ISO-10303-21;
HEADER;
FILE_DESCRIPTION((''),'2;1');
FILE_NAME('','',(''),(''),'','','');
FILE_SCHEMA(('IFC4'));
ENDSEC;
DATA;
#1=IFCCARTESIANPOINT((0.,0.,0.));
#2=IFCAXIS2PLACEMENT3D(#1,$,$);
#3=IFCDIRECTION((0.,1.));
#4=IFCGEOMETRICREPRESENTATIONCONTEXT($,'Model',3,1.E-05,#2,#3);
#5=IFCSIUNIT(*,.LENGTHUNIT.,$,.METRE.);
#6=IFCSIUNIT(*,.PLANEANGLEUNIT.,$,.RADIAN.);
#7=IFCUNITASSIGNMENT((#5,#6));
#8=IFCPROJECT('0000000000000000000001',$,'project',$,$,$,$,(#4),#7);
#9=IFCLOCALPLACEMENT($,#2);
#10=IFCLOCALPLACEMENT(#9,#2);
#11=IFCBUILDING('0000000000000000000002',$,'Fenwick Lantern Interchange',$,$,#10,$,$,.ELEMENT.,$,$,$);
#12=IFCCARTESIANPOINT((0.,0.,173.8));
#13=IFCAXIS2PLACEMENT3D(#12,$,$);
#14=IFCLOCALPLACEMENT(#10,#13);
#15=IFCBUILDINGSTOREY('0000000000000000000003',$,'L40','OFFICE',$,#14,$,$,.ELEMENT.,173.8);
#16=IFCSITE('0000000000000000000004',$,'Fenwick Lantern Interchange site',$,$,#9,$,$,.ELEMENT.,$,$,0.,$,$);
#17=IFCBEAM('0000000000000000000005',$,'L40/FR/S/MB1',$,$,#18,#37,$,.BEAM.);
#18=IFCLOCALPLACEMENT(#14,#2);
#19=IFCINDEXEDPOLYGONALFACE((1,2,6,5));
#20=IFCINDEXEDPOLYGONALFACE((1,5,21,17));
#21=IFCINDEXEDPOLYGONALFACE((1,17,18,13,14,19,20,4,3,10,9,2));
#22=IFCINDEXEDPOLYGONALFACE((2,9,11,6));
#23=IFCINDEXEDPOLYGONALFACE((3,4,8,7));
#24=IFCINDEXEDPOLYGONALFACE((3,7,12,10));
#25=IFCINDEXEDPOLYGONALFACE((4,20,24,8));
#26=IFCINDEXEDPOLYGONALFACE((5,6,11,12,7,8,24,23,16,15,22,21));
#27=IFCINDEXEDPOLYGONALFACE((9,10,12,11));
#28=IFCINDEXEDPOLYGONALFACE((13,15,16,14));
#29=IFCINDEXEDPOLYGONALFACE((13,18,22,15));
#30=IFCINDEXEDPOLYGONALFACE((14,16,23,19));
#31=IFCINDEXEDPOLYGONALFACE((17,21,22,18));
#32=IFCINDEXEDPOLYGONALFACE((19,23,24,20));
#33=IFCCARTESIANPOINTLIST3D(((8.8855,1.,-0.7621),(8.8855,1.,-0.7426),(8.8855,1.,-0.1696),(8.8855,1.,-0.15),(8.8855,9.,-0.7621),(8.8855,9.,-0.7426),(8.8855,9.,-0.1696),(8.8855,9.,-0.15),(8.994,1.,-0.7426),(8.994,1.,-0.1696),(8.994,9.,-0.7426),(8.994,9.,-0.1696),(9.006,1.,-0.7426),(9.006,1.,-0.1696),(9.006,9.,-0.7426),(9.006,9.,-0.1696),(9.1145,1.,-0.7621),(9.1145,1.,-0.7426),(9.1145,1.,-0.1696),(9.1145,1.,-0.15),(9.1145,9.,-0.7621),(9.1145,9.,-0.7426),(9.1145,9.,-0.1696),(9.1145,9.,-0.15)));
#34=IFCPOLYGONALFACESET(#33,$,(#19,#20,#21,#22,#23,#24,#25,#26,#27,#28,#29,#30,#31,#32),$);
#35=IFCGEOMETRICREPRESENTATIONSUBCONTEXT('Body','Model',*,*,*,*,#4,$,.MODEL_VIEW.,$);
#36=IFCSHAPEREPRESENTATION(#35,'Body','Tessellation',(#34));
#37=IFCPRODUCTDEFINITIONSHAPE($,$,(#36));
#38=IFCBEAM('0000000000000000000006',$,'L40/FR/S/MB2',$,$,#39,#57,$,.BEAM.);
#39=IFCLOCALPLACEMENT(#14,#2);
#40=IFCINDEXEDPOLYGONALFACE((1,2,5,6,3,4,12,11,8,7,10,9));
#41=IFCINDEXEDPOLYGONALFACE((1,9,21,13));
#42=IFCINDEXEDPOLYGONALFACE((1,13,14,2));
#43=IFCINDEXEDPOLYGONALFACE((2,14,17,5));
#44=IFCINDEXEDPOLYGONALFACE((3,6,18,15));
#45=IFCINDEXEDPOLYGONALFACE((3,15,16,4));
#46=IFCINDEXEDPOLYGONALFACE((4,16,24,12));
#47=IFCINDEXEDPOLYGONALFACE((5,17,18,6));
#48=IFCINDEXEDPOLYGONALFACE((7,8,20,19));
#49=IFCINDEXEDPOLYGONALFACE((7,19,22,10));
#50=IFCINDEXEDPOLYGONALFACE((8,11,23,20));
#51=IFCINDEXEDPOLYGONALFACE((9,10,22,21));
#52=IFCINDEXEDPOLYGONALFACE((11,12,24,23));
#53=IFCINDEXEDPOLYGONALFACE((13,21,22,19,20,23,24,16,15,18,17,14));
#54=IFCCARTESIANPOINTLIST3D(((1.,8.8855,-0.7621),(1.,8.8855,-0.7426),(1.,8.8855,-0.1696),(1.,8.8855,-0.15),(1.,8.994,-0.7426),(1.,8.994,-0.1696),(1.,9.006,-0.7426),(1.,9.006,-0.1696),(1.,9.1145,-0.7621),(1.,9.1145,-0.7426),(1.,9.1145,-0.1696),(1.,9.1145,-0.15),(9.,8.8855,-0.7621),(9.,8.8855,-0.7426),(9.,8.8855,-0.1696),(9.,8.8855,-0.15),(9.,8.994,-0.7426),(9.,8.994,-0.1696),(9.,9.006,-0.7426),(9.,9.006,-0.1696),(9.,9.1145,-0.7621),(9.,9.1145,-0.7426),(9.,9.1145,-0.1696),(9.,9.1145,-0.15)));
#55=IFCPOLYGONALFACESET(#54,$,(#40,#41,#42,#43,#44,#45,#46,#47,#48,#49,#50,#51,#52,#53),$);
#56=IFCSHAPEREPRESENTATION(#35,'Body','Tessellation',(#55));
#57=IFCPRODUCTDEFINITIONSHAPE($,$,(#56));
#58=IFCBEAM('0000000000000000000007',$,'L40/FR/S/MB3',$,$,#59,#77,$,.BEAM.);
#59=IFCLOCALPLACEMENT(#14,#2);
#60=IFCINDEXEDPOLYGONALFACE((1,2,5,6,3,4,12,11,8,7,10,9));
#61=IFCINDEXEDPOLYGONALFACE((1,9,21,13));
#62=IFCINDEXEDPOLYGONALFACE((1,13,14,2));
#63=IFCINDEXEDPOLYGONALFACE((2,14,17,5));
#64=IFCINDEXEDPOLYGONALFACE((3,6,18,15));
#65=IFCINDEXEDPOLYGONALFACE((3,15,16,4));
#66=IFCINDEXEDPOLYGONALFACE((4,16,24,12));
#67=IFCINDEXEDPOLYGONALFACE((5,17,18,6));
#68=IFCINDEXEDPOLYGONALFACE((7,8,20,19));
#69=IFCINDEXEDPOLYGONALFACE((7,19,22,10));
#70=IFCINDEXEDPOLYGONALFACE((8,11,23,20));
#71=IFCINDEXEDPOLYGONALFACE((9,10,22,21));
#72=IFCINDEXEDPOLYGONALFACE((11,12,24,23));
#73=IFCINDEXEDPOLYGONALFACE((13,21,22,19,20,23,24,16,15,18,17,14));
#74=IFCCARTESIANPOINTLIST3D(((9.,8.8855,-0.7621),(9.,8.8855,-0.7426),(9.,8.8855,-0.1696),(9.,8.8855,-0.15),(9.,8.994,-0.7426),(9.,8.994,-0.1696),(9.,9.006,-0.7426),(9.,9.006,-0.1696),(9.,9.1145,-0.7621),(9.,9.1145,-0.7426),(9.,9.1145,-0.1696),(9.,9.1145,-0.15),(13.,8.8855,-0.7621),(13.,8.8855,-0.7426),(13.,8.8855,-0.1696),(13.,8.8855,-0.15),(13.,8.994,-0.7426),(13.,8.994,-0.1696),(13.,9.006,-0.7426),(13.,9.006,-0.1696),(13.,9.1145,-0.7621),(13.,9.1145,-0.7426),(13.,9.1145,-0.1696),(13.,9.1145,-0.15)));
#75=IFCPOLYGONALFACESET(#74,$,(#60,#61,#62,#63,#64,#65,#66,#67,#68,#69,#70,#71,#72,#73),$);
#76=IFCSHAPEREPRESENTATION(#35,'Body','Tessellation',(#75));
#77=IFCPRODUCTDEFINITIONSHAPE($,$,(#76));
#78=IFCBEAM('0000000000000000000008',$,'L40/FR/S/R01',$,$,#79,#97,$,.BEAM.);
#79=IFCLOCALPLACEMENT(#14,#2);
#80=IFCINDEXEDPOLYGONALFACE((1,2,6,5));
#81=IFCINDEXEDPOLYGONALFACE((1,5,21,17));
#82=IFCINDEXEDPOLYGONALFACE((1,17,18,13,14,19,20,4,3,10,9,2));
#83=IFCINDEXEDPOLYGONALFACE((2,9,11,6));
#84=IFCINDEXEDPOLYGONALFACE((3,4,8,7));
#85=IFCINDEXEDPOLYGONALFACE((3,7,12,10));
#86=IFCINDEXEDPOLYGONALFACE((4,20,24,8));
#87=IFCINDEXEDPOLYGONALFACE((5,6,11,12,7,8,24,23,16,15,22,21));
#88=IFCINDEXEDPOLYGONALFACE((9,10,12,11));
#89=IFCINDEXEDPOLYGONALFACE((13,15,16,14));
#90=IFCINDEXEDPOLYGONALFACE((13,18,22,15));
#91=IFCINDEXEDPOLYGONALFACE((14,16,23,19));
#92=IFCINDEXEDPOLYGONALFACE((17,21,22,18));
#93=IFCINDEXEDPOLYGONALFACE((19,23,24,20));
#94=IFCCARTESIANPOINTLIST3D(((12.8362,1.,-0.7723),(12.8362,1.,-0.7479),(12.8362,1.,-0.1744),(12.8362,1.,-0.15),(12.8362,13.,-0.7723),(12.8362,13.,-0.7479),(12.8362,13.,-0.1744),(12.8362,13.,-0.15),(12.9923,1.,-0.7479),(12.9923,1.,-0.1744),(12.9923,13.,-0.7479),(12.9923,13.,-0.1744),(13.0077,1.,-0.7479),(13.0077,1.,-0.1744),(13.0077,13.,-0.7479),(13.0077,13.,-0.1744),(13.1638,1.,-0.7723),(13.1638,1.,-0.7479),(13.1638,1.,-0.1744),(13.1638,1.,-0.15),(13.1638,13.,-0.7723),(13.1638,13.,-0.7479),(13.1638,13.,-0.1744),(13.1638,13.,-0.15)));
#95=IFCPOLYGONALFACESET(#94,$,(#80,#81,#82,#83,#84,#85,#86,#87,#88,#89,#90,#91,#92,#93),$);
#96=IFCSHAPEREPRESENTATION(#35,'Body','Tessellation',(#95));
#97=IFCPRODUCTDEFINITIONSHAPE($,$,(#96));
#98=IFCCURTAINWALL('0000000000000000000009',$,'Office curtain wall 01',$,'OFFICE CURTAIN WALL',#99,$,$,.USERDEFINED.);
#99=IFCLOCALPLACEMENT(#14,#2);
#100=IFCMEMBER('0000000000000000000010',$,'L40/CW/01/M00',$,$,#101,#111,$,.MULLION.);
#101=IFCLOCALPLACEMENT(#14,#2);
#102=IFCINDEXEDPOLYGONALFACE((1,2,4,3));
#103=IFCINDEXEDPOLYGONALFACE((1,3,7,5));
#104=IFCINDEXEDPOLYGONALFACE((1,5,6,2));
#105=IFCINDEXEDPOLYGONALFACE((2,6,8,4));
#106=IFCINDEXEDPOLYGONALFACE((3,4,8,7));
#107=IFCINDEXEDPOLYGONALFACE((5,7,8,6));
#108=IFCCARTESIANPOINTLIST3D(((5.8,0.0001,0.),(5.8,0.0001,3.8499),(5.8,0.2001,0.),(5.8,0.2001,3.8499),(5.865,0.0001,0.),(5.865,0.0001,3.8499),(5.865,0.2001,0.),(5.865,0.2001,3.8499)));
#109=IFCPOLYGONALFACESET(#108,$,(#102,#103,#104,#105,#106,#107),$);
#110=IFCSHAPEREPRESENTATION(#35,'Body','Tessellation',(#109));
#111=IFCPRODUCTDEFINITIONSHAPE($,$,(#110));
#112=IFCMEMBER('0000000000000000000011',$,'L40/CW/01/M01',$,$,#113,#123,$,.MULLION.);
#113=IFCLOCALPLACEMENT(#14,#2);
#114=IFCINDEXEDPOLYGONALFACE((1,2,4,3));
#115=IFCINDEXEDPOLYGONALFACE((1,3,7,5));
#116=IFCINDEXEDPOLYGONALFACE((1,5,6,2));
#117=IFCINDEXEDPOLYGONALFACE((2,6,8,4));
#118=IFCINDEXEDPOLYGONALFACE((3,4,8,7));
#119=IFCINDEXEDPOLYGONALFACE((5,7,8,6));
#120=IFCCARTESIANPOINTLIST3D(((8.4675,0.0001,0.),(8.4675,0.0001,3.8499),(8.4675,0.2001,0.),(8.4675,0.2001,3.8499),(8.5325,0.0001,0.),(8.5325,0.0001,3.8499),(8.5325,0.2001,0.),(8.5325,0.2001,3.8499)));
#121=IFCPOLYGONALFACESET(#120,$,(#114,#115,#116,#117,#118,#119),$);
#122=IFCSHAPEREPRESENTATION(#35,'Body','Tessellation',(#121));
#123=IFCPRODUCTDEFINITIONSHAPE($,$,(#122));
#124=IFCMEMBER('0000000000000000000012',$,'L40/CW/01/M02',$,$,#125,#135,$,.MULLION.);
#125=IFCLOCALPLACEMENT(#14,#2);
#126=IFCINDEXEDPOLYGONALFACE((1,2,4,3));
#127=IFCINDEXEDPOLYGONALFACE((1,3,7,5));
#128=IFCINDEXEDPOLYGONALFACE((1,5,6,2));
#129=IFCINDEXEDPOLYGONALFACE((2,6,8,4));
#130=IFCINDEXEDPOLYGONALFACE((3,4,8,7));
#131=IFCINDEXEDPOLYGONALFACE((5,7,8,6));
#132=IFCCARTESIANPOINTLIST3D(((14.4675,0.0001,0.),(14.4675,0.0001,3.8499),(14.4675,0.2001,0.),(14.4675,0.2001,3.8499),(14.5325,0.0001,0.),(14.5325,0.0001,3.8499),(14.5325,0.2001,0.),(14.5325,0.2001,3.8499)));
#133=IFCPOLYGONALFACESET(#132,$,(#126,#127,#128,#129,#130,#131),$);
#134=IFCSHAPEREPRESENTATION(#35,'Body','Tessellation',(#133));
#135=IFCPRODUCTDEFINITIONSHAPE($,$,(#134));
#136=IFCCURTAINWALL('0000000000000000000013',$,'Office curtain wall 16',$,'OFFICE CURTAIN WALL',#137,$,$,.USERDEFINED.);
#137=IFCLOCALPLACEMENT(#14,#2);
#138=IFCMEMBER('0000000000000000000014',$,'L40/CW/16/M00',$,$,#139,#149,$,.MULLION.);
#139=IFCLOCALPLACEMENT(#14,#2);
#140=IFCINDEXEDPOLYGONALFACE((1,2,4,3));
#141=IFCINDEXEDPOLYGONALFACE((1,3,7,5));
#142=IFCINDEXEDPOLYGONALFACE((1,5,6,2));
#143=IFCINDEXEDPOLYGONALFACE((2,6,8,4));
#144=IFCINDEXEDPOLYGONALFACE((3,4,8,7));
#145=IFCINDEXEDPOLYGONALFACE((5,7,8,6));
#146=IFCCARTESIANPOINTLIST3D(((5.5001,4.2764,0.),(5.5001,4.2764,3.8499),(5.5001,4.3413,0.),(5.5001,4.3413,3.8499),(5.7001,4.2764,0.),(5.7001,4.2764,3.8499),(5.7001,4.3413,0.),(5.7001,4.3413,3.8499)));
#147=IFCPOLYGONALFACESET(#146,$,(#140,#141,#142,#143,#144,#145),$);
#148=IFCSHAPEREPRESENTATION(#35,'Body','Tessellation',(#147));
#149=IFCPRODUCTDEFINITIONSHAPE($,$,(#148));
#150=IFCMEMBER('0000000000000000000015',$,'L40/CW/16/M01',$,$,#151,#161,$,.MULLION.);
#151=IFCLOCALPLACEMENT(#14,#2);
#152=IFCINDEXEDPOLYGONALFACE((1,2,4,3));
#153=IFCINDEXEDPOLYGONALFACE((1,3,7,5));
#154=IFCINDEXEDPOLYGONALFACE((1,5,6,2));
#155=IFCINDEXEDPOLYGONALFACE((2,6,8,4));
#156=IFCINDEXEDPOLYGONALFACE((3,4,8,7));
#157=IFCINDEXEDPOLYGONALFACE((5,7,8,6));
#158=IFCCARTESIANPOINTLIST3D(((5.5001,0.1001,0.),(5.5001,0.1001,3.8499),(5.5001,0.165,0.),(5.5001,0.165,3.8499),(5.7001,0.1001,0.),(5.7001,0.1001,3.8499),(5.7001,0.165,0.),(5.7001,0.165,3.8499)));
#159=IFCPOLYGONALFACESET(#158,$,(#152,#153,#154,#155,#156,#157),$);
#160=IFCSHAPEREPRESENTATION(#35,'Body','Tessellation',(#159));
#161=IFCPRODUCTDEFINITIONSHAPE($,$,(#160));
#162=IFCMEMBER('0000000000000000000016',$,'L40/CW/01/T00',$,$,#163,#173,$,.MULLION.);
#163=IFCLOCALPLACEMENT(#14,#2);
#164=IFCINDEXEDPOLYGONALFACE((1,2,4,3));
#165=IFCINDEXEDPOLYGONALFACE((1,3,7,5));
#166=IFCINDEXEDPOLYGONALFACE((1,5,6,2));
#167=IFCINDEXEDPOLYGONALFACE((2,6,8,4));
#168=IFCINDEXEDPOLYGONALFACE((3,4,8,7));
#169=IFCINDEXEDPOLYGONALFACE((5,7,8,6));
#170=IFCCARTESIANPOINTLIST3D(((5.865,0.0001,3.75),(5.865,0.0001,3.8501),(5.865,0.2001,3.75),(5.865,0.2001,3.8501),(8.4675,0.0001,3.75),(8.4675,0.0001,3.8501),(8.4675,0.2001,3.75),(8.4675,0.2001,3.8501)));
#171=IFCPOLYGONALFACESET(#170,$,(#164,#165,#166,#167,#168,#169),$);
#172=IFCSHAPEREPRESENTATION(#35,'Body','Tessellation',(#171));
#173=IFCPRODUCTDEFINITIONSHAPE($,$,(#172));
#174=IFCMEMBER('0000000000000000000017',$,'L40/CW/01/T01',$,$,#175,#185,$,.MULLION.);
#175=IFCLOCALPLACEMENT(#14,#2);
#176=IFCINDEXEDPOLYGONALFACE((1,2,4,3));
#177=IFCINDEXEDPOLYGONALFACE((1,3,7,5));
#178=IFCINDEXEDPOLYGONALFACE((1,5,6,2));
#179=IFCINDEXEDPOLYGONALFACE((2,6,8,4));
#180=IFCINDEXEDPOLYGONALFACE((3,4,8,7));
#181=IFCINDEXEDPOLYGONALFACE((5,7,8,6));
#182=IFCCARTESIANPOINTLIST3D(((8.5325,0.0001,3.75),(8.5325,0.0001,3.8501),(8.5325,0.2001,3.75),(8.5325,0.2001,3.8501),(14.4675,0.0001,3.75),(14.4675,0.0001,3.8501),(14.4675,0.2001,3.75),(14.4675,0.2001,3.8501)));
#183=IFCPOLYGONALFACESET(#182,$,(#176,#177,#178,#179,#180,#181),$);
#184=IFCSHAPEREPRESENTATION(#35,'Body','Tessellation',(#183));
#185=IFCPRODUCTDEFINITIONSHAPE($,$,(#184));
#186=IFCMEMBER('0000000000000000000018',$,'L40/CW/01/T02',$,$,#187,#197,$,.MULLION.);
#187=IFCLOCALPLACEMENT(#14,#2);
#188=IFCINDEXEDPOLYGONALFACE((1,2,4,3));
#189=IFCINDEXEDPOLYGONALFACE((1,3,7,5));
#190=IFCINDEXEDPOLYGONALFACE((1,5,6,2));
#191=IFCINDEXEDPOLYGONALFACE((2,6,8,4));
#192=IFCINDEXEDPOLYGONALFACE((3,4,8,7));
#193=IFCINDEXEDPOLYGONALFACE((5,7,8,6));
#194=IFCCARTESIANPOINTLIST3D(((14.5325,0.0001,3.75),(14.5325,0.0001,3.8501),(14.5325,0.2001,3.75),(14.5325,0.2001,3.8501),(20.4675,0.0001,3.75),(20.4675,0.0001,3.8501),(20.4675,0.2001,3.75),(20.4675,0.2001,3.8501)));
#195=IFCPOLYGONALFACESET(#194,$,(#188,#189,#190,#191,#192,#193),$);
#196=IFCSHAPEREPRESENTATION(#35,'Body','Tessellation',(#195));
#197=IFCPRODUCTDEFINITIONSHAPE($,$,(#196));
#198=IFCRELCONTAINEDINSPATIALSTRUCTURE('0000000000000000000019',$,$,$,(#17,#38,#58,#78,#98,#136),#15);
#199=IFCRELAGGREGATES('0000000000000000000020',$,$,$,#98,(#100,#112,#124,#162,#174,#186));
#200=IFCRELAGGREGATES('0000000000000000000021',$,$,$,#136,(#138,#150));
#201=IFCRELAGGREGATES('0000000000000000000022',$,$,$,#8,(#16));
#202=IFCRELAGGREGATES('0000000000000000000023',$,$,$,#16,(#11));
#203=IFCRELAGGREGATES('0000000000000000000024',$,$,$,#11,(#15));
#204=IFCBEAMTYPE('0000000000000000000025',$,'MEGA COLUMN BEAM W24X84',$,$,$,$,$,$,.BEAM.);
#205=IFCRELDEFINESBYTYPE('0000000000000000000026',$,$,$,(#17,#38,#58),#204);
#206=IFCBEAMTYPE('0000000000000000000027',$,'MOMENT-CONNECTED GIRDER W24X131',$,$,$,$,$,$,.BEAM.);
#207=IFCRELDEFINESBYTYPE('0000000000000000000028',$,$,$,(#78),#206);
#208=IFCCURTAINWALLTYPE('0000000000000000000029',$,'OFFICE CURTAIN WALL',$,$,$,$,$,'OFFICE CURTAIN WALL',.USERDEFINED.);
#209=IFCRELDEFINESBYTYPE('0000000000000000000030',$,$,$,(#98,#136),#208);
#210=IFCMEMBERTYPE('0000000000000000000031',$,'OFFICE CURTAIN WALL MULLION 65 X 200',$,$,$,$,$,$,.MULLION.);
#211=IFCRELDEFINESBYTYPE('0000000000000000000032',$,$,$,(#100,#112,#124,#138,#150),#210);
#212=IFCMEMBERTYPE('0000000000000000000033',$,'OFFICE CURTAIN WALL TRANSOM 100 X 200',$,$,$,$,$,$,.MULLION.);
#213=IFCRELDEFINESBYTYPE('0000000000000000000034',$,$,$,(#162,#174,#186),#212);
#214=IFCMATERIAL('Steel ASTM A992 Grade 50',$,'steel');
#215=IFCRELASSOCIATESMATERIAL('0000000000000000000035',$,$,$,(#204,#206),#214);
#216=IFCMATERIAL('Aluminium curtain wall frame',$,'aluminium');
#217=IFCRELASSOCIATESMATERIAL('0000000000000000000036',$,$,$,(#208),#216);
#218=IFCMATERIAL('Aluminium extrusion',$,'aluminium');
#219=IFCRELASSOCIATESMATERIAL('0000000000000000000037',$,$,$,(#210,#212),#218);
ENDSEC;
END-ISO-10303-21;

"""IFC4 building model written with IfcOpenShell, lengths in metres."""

from ifc_helpers import new_model, si_unit, direction, frame, origin, origin_2d, place, context, subcontext, project, spatial, rectangle, i_section, extrude, material, material_profile, profile_set, type_object, element, aggregate, save


model = new_model("IFC4")

# Units and contexts
model_context = context("Model", 3, precision=1e-05, world=origin(), true_north=direction((0.0, 1.0)))
body_context = subcontext(model_context, "Body", "Model", "MODEL_VIEW")
ifc_project = project(units=[si_unit("LENGTHUNIT", "METRE"), si_unit("PLANEANGLEUNIT", "RADIAN")], contexts=[model_context])

# Site, building, storey
site_placement = place(None, origin())
site = spatial("IfcSite", under=ifc_project, at=site_placement, Name="Fenwick Lantern Interchange site", CompositionType="ELEMENT", RefElevation=0.0)
building_placement = place(site_placement, origin())
building = spatial("IfcBuilding", under=site, at=building_placement, Name="Fenwick Lantern Interchange", CompositionType="ELEMENT")
storey_placement = place(building_placement, frame((0.0, 0.0, 173.8)))
storey = spatial("IfcBuildingStorey", under=building, at=storey_placement, Name="L40", Description="OFFICE", CompositionType="ELEMENT", Elevation=173.8)

# Shared definitions
ifc_material_1 = material(Name="Steel ASTM A992 Grade 50", Category="steel")

# Beams
ifc_material_profile_1 = material_profile(ifc_material_1, i_section(OverallWidth=0.229, OverallDepth=0.6121, WebThickness=0.012, FlangeThickness=0.0195, at=origin_2d()), Name="W24X84")
ifc_profile_set_1 = profile_set([ifc_material_profile_1], Name="Steel ASTM A992 Grade 50")
beam_type_1 = type_object("IfcBeamType", Name="MEGA COLUMN BEAM W24X84", PredefinedType="BEAM", material=ifc_profile_set_1)
for number, where, z_axis, x_axis, name in (
    (1, (9.0, 9.0, -0.4561), (0.0, -1.0, 0.0), (1.0, 0.0, 0.0), "L40/FR/S/MB1"),
    (2, (9.0, 9.0, -0.4561), (-1.0, 0.0, 0.0), (0.0, -1.0, 0.0), "L40/FR/S/MB2"),
):
    element("IfcBeam", number, at=place(storey_placement, frame(where, z_axis=z_axis, x_axis=x_axis)), inside=storey, type_object=beam_type_1, Name=name, PredefinedType="BEAM", context=body_context, shape_type="SweptSolid", body=[
        extrude(i_section(OverallWidth=0.229, OverallDepth=0.6121, WebThickness=0.012, FlangeThickness=0.0195, at=origin_2d()), origin(), (0.0, 0.0, 1.0), 8.0),
    ])
beam_1_placement = place(storey_placement, frame((9.0, 9.0, -0.4561), z_axis=(1.0, 0.0, 0.0), x_axis=(0.0, 1.0, 0.0)))
element("IfcBeam", 3, at=beam_1_placement, inside=storey, type_object=beam_type_1, Name="L40/FR/S/MB3", PredefinedType="BEAM", context=body_context, shape_type="SweptSolid", body=[
    extrude(i_section(OverallWidth=0.229, OverallDepth=0.6121, WebThickness=0.012, FlangeThickness=0.0195, at=origin_2d()), origin(), (0.0, 0.0, 1.0), 4.0),
])
ifc_material_profile_2 = material_profile(ifc_material_1, i_section(OverallWidth=0.3276, OverallDepth=0.6223, WebThickness=0.0154, FlangeThickness=0.0244, at=origin_2d()), Name="W24X131")
ifc_profile_set_2 = profile_set([ifc_material_profile_2], Name="Steel ASTM A992 Grade 50")
beam_type_2 = type_object("IfcBeamType", Name="MOMENT-CONNECTED GIRDER W24X131", PredefinedType="BEAM", material=ifc_profile_set_2)
beam_2_placement = place(storey_placement, frame((13.0, 1.0, -0.4612), z_axis=(0.0, 1.0, 0.0), x_axis=(-1.0, 0.0, 0.0)))
element("IfcBeam", 4, at=beam_2_placement, inside=storey, type_object=beam_type_2, Name="L40/FR/S/R01", PredefinedType="BEAM", context=body_context, shape_type="SweptSolid", body=[
    extrude(i_section(OverallWidth=0.3276, OverallDepth=0.6223, WebThickness=0.0154, FlangeThickness=0.0244, at=origin_2d()), origin(), (0.0, 0.0, 1.0), 12.0),
])

# Curtain walls, members
ifc_material_2 = material(Name="Aluminium curtain wall frame", Category="aluminium")
curtain_wall_type = type_object("IfcCurtainWallType", Name="OFFICE CURTAIN WALL", ElementType="OFFICE CURTAIN WALL", PredefinedType="USERDEFINED", material=ifc_material_2)
curtain_wall_1_placement = place(storey_placement, origin())
curtain_wall_1 = element("IfcCurtainWall", 5, at=curtain_wall_1_placement, inside=storey, type_object=curtain_wall_type, Name="Office curtain wall 01", ObjectType="OFFICE CURTAIN WALL", PredefinedType="USERDEFINED")
ifc_material_3 = material(Name="Aluminium extrusion", Category="aluminium")
ifc_material_profile_3 = material_profile(ifc_material_3, rectangle(XDim=0.2, YDim=0.0649, at=origin_2d()), Name="OFFICE CURTAIN WALL MULLION 65 X 200")
ifc_profile_set_3 = profile_set([ifc_material_profile_3], Name="Aluminium extrusion")
member_type_1 = type_object("IfcMemberType", Name="OFFICE CURTAIN WALL MULLION 65 X 200", PredefinedType="MULLION", material=ifc_profile_set_3)
member_1_placement = place(storey_placement, frame((5.8325, 0.1001, 0.0), z_axis=(0.0, 0.0, 1.0), x_axis=(0.0, 1.0, 0.0)))
member_1 = element("IfcMember", 6, at=member_1_placement, type_object=member_type_1, Name="L40/CW/01/M00", PredefinedType="MULLION", context=body_context, shape_type="SweptSolid", body=[
    extrude(rectangle(XDim=0.2, YDim=0.0649, at=origin_2d()), origin(), (0.0, 0.0, 1.0), 3.8499),
])
member_2_placement = place(storey_placement, frame((8.5, 0.1001, 0.0), z_axis=(0.0, 0.0, 1.0), x_axis=(0.0, 1.0, 0.0)))
member_2 = element("IfcMember", 7, at=member_2_placement, type_object=member_type_1, Name="L40/CW/01/M01", PredefinedType="MULLION", context=body_context, shape_type="SweptSolid", body=[
    extrude(rectangle(XDim=0.2, YDim=0.0649, at=origin_2d()), origin(), (0.0, 0.0, 1.0), 3.8499),
])
member_3_placement = place(storey_placement, frame((14.5, 0.1001, 0.0), z_axis=(0.0, 0.0, 1.0), x_axis=(0.0, 1.0, 0.0)))
member_3 = element("IfcMember", 8, at=member_3_placement, type_object=member_type_1, Name="L40/CW/01/M02", PredefinedType="MULLION", context=body_context, shape_type="SweptSolid", body=[
    extrude(rectangle(XDim=0.2, YDim=0.0649, at=origin_2d()), origin(), (0.0, 0.0, 1.0), 3.8499),
])
curtain_wall_2_placement = place(storey_placement, origin())
curtain_wall_2 = element("IfcCurtainWall", 9, at=curtain_wall_2_placement, inside=storey, type_object=curtain_wall_type, Name="Office curtain wall 16", ObjectType="OFFICE CURTAIN WALL", PredefinedType="USERDEFINED")
member_4_placement = place(storey_placement, frame((5.6001, 4.3088, 0.0), z_axis=(0.0, 0.0, 1.0), x_axis=(1.0, 0.0, 0.0)))
member_4 = element("IfcMember", 10, at=member_4_placement, type_object=member_type_1, Name="L40/CW/16/M00", PredefinedType="MULLION", context=body_context, shape_type="SweptSolid", body=[
    extrude(rectangle(XDim=0.2, YDim=0.0649, at=origin_2d()), origin(), (0.0, 0.0, 1.0), 3.8499),
])
member_5_placement = place(storey_placement, frame((5.6001, 0.1326, 0.0), z_axis=(0.0, 0.0, 1.0), x_axis=(1.0, 0.0, 0.0)))
member_5 = element("IfcMember", 11, at=member_5_placement, type_object=member_type_1, Name="L40/CW/16/M01", PredefinedType="MULLION", context=body_context, shape_type="SweptSolid", body=[
    extrude(rectangle(XDim=0.2, YDim=0.0649, at=origin_2d()), origin(), (0.0, 0.0, 1.0), 3.8499),
])

# Members
ifc_material_profile_4 = material_profile(ifc_material_3, rectangle(XDim=0.2, YDim=0.1001, at=origin_2d()), Name="OFFICE CURTAIN WALL TRANSOM 100 X 200")
ifc_profile_set_4 = profile_set([ifc_material_profile_4], Name="Aluminium extrusion")
member_type_2 = type_object("IfcMemberType", Name="OFFICE CURTAIN WALL TRANSOM 100 X 200", PredefinedType="MULLION", material=ifc_profile_set_4)
member_6_placement = place(storey_placement, frame((5.865, 0.1001, 3.8), z_axis=(1.0, 0.0, 0.0), x_axis=(0.0, 1.0, 0.0)))
member_6 = element("IfcMember", 12, at=member_6_placement, type_object=member_type_2, Name="L40/CW/01/T00", PredefinedType="MULLION", context=body_context, shape_type="SweptSolid", body=[
    extrude(rectangle(XDim=0.2, YDim=0.1001, at=origin_2d()), origin(), (0.0, 0.0, 1.0), 2.6025),
])
member_7_placement = place(storey_placement, frame((8.5325, 0.1001, 3.8), z_axis=(1.0, 0.0, 0.0), x_axis=(0.0, 1.0, 0.0)))
member_7 = element("IfcMember", 13, at=member_7_placement, type_object=member_type_2, Name="L40/CW/01/T01", PredefinedType="MULLION", context=body_context, shape_type="SweptSolid", body=[
    extrude(rectangle(XDim=0.2, YDim=0.1001, at=origin_2d()), origin(), (0.0, 0.0, 1.0), 5.9351),
])
member_8_placement = place(storey_placement, frame((14.5325, 0.1001, 3.8), z_axis=(1.0, 0.0, 0.0), x_axis=(0.0, 1.0, 0.0)))
member_8 = element("IfcMember", 14, at=member_8_placement, type_object=member_type_2, Name="L40/CW/01/T02", PredefinedType="MULLION", context=body_context, shape_type="SweptSolid", body=[
    extrude(rectangle(XDim=0.2, YDim=0.1001, at=origin_2d()), origin(), (0.0, 0.0, 1.0), 5.9351),
])

aggregate(curtain_wall_1, [member_1, member_2, member_3, member_6, member_7, member_8])
aggregate(curtain_wall_2, [member_4, member_5])

save(model, "model.ifc")
